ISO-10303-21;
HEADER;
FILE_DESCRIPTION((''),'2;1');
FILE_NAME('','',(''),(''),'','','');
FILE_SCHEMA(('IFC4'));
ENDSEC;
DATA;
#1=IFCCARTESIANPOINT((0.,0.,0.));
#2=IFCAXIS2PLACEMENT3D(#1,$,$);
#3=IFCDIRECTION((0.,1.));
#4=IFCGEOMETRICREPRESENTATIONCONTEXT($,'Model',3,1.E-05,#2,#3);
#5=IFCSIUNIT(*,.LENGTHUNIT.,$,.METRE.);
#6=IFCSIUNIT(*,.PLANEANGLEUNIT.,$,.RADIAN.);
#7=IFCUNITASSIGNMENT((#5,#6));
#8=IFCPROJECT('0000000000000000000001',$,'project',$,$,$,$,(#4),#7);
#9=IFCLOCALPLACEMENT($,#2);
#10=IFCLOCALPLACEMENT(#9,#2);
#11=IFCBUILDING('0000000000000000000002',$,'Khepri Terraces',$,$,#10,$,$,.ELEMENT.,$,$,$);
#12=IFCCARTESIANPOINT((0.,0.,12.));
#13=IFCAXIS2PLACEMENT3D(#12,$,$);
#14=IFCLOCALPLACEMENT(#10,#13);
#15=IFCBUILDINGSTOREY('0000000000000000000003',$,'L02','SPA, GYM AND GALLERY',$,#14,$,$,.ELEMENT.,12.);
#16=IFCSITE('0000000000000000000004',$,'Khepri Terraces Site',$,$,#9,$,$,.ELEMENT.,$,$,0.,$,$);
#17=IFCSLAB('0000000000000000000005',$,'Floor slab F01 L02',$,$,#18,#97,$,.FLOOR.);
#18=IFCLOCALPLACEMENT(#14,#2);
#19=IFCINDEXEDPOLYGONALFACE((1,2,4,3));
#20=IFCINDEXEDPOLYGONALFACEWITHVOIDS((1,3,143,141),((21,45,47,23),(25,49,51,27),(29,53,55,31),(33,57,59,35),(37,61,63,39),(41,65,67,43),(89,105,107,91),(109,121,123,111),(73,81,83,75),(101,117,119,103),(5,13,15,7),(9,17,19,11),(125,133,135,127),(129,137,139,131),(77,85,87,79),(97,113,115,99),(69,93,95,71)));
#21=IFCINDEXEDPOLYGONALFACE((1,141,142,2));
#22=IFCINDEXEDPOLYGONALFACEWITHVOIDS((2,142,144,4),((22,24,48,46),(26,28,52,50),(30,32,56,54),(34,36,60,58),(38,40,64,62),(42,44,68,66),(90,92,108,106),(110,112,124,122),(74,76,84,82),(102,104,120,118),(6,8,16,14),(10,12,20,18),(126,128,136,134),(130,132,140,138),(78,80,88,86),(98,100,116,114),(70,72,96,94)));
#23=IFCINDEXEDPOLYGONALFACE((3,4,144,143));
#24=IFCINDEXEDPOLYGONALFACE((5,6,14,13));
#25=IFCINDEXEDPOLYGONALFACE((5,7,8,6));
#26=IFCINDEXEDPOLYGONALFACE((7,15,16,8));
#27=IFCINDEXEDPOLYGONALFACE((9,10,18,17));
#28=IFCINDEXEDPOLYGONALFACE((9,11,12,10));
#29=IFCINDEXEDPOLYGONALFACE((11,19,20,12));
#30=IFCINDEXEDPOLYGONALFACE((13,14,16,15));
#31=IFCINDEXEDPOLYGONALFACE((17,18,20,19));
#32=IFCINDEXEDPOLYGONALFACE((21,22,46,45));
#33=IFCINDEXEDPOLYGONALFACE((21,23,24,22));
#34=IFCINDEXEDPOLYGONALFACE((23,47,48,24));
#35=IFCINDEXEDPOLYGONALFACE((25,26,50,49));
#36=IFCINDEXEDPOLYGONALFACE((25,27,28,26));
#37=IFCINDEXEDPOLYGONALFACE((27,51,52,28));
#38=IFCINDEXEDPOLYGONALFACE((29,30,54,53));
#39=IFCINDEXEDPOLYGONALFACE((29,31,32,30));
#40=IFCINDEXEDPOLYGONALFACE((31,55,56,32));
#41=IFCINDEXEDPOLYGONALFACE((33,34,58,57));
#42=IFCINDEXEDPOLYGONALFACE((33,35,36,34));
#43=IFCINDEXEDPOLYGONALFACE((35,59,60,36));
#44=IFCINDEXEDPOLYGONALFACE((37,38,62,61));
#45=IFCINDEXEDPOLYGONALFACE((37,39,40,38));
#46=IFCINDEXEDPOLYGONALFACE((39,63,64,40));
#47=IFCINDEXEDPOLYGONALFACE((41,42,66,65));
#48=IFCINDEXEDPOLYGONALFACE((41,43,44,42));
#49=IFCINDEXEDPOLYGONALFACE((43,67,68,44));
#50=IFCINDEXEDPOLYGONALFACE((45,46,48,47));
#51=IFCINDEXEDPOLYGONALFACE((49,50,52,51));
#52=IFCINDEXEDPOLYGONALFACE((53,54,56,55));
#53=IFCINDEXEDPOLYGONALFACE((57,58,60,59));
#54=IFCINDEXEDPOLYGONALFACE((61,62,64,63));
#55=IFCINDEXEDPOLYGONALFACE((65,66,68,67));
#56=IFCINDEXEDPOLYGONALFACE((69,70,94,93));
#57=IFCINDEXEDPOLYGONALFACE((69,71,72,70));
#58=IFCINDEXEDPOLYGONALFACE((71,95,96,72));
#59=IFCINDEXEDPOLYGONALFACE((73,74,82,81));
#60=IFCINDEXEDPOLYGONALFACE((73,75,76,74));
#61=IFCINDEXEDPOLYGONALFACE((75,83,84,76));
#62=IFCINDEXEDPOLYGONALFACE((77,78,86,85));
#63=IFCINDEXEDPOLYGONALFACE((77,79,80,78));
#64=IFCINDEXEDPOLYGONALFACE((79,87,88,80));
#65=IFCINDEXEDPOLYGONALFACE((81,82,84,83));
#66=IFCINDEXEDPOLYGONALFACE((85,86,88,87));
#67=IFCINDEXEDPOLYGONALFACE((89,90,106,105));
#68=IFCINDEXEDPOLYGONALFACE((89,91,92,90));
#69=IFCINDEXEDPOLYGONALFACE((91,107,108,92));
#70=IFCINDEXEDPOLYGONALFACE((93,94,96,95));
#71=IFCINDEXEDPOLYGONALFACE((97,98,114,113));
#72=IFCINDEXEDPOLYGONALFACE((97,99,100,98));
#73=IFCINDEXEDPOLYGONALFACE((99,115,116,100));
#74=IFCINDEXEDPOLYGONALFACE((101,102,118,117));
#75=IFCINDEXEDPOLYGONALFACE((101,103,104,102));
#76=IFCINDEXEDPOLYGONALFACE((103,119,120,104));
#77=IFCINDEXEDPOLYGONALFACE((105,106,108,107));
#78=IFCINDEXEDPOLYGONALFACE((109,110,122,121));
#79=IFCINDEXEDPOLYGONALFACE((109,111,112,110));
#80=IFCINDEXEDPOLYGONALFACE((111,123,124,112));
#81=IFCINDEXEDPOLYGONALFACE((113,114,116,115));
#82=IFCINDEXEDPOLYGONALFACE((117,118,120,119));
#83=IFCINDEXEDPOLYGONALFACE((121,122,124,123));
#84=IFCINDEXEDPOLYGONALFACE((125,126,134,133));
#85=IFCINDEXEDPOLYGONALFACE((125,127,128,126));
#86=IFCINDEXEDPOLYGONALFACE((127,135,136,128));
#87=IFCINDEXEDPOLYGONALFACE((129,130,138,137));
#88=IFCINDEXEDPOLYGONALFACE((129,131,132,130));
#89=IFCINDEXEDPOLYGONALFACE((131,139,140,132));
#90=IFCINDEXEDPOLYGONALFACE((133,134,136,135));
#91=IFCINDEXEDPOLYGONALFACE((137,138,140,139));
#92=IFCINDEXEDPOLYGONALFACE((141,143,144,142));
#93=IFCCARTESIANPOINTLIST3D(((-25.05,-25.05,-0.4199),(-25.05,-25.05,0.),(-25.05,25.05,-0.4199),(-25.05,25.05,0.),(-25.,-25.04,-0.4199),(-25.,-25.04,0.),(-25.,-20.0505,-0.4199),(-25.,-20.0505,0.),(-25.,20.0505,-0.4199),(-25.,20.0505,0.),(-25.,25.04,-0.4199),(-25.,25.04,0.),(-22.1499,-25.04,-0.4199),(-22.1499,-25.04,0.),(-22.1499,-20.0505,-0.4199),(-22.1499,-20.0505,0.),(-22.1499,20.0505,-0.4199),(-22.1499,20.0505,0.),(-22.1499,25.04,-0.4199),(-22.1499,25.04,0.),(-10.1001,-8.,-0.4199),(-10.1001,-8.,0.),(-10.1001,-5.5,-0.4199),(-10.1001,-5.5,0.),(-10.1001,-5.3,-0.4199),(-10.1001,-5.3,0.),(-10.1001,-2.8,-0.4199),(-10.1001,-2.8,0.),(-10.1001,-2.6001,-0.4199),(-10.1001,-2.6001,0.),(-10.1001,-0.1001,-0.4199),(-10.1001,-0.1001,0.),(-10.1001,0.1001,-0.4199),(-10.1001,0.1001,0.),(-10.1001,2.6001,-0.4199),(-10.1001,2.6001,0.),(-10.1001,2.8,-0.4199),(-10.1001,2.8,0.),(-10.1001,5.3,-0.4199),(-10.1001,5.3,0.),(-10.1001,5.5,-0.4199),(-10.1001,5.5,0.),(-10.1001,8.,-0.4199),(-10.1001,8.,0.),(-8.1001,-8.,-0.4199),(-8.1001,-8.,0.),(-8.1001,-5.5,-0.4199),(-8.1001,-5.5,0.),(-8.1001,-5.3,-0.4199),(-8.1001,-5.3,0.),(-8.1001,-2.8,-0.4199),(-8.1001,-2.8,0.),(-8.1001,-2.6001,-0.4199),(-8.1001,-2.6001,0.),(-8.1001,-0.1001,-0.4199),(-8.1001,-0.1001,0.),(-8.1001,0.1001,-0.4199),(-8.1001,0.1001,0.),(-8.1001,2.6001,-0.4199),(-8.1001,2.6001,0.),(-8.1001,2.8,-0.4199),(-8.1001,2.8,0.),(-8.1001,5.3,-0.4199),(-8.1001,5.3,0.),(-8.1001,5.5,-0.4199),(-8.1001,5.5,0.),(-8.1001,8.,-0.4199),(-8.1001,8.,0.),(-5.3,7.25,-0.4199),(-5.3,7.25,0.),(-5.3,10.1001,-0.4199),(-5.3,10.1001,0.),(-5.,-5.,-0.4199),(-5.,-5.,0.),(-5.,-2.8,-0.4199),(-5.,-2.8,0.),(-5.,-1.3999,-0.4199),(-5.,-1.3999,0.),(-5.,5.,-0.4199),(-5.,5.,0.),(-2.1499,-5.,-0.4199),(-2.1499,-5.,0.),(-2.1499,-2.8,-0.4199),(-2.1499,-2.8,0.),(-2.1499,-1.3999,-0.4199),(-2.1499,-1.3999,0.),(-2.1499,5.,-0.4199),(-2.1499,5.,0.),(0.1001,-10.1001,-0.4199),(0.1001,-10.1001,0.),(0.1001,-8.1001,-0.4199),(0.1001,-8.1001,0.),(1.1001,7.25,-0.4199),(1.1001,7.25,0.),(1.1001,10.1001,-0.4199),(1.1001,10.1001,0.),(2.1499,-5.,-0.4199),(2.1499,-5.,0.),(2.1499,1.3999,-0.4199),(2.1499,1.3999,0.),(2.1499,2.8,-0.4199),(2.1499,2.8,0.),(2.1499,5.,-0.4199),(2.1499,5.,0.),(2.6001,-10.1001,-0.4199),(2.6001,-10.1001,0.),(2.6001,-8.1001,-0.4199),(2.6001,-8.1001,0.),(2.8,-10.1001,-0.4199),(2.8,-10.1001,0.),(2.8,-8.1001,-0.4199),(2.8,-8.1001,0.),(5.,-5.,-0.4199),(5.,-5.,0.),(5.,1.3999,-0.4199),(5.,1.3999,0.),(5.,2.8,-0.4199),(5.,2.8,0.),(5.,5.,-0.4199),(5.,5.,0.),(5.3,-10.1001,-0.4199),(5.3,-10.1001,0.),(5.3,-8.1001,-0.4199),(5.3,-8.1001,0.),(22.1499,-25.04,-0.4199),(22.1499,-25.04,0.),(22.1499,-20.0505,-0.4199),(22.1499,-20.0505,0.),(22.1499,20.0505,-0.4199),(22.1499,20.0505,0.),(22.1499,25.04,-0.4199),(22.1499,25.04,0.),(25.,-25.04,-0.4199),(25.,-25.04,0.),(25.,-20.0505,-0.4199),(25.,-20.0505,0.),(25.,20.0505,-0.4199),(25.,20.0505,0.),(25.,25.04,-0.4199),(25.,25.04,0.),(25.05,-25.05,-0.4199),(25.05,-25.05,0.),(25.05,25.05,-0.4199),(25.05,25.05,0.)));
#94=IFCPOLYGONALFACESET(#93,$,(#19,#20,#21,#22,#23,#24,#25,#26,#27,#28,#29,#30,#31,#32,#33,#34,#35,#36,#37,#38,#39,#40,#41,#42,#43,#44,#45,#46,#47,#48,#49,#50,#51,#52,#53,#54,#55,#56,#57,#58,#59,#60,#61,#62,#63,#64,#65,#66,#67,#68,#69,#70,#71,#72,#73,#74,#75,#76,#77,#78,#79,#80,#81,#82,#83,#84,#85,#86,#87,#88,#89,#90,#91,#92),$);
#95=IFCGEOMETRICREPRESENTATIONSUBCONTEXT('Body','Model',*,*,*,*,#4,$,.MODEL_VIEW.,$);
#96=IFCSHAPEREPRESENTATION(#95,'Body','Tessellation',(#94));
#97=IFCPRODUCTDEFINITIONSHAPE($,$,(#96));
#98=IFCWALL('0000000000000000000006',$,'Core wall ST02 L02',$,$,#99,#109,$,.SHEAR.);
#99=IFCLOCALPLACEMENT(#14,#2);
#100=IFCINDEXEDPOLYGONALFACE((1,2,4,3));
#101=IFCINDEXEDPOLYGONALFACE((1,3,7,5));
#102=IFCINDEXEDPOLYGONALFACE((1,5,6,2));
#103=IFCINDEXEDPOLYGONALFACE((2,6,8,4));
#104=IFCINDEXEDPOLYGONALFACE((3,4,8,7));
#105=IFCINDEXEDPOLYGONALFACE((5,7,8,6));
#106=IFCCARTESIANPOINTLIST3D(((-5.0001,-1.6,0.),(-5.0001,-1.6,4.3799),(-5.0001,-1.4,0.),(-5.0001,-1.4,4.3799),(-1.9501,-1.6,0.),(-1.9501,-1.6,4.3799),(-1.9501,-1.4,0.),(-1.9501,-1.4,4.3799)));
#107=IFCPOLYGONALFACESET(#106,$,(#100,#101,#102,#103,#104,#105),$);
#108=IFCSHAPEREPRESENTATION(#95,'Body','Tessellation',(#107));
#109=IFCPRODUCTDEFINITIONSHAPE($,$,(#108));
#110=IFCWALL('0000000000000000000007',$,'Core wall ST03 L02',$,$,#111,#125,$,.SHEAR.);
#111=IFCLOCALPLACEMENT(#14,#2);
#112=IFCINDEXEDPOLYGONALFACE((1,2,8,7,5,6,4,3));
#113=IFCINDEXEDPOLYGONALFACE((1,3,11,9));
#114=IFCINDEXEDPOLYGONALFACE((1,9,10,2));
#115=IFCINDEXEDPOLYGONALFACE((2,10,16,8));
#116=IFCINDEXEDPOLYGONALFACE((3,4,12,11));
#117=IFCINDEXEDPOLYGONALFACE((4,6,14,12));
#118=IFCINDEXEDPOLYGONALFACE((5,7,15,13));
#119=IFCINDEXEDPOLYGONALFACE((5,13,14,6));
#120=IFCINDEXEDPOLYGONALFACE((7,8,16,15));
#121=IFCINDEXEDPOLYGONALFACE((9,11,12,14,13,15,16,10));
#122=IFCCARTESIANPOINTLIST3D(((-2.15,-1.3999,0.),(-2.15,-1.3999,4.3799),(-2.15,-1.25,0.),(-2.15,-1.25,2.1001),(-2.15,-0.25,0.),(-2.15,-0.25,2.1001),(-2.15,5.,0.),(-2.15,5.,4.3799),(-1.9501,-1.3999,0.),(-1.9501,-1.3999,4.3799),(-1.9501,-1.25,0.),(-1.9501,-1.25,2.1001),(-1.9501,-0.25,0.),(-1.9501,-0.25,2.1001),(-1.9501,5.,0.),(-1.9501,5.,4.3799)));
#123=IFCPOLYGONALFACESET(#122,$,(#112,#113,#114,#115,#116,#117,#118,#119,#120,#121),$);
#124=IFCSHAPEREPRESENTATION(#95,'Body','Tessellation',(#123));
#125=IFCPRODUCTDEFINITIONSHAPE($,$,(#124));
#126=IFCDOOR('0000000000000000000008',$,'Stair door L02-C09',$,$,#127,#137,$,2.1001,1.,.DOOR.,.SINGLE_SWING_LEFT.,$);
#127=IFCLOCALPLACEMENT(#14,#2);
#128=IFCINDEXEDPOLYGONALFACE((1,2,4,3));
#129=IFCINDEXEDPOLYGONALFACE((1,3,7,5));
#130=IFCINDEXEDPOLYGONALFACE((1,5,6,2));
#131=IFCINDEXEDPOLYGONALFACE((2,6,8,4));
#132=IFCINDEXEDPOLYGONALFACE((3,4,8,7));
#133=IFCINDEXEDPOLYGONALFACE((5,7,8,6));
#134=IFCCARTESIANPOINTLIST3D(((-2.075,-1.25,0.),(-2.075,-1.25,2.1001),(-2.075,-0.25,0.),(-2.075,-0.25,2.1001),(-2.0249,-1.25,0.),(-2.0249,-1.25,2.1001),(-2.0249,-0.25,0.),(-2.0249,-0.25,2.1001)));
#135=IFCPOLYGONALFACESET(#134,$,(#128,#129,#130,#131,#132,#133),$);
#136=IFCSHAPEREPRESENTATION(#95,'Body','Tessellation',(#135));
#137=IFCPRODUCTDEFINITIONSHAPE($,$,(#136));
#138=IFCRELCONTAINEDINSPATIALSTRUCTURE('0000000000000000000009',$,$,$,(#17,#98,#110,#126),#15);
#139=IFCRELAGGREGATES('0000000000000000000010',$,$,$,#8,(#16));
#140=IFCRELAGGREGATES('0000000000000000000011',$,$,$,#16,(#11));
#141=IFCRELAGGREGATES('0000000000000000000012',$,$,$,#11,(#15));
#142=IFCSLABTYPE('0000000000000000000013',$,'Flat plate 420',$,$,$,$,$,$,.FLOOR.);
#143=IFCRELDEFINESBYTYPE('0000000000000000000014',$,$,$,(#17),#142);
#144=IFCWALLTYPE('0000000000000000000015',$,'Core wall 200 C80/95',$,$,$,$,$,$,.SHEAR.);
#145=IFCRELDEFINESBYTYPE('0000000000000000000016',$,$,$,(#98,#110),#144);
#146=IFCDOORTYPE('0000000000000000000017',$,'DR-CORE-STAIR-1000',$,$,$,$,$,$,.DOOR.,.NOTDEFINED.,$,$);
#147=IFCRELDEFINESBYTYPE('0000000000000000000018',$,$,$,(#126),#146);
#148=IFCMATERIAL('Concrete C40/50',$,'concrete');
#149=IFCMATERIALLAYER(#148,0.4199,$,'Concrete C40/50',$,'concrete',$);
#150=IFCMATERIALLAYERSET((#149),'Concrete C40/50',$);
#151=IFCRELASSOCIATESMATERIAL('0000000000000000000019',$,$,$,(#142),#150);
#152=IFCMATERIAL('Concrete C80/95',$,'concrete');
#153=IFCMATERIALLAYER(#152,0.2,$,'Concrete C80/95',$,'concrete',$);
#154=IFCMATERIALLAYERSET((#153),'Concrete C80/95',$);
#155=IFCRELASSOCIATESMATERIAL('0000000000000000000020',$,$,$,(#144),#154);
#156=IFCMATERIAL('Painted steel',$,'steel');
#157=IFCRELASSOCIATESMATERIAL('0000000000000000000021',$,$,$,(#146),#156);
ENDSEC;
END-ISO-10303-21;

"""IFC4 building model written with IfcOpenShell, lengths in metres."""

from ifc_helpers import new_model, si_unit, direction, frame, frame_2d, origin, place, context, subcontext, project, spatial, polyline, rectangle, outline, extrude, material, layer, layer_set, type_object, element, fill, save


model = new_model("IFC4")

# Units and contexts
model_context = context("Model", 3, precision=1e-05, world=origin(), true_north=direction((0.0, 1.0)))
body_context = subcontext(model_context, "Body", "Model", "MODEL_VIEW")
ifc_project = project(units=[si_unit("LENGTHUNIT", "METRE"), si_unit("PLANEANGLEUNIT", "RADIAN")], contexts=[model_context])

# Site, building, storey
site_placement = place(None, origin())
site = spatial("IfcSite", under=ifc_project, at=site_placement, Name="Khepri Terraces Site", CompositionType="ELEMENT", RefElevation=0.0)
building_placement = place(site_placement, origin())
building = spatial("IfcBuilding", under=site, at=building_placement, Name="Khepri Terraces", CompositionType="ELEMENT")
storey_placement = place(building_placement, frame((0.0, 0.0, 12.0)))
storey = spatial("IfcBuildingStorey", under=building, at=storey_placement, Name="L02", Description="SPA, GYM AND GALLERY", CompositionType="ELEMENT", Elevation=12.0)

# Slab
ifc_material_1 = material(Name="Concrete C40/50", Category="concrete")
ifc_layer_1 = layer(ifc_material_1, 0.4199, Name="Concrete C40/50", Category="concrete")
ifc_layer_set_1 = layer_set([ifc_layer_1], Name="Concrete C40/50")
slab_type = type_object("IfcSlabType", Name="Flat plate 420", PredefinedType="FLOOR", material=ifc_layer_set_1)
slab_placement = place(storey_placement, frame((0.0, 0.0, -0.4199)))
element("IfcSlab", 1, at=slab_placement, inside=storey, type_object=slab_type, Name="Floor slab F01 L02", PredefinedType="FLOOR", context=body_context, shape_type="SweptSolid", body=[
    extrude(outline(polyline([(-25.05, 25.05), (25.05, 25.05), (25.05, -25.05), (-25.05, -25.05), (-25.05, 25.05)]), holes=[polyline([(5.0, 5.0), (2.1499, 5.0), (2.1499, 2.8), (5.0, 2.8), (5.0, 5.0)]), polyline([(-2.1499, -5.0), (-2.1499, -2.8), (-5.0, -2.8), (-5.0, -5.0), (-2.1499, -5.0)]), polyline([(-10.1001, -8.0), (-8.1001, -8.0), (-8.1001, -5.5), (-10.1001, -5.5), (-10.1001, -8.0)]), polyline([(-10.1001, -2.8), (-10.1001, -5.3), (-8.1001, -5.3), (-8.1001, -2.8), (-10.1001, -2.8)]), polyline([(-8.1001, -0.1001), (-10.1001, -0.1001), (-10.1001, -2.6001), (-8.1001, -2.6001), (-8.1001, -0.1001)]), polyline([(-8.1001, 0.1001), (-8.1001, 2.6001), (-10.1001, 2.6001), (-10.1001, 0.1001), (-8.1001, 0.1001)]), polyline([(-10.1001, 2.8), (-8.1001, 2.8), (-8.1001, 5.3), (-10.1001, 5.3), (-10.1001, 2.8)]), polyline([(-10.1001, 8.0), (-10.1001, 5.5), (-8.1001, 5.5), (-8.1001, 8.0), (-10.1001, 8.0)]), polyline([(2.6001, -8.1001), (0.1001, -8.1001), (0.1001, -10.1001), (2.6001, -10.1001), (2.6001, -8.1001)]), polyline([(5.3, -10.1001), (5.3, -8.1001), (2.8, -8.1001), (2.8, -10.1001), (5.3, -10.1001)]), polyline([(-5.0, -1.3999), (-2.1499, -1.3999), (-2.1499, 5.0), (-5.0, 5.0), (-5.0, -1.3999)]), polyline([(5.0, -5.0), (5.0, 1.3999), (2.1499, 1.3999), (2.1499, -5.0), (5.0, -5.0)]), polyline([(-5.3, 10.1001), (-5.3, 7.25), (1.1001, 7.25), (1.1001, 10.1001), (-5.3, 10.1001)]), polyline([(22.1499, 25.04), (22.1499, 20.0505), (25.0, 20.0505), (25.0, 25.04), (22.1499, 25.04)]), polyline([(-22.1499, 25.04), (-25.0, 25.04), (-25.0, 20.0505), (-22.1499, 20.0505), (-22.1499, 25.04)]), polyline([(22.1499, -20.0505), (22.1499, -25.04), (25.0, -25.04), (25.0, -20.0505), (22.1499, -20.0505)]), polyline([(-22.1499, -20.0505), (-25.0, -20.0505), (-25.0, -25.04), (-22.1499, -25.04), (-22.1499, -20.0505)])]), origin(), (0.0, 0.0, 1.0), 0.4199),
])

# Wall
ifc_material_2 = material(Name="Concrete C80/95", Category="concrete")
ifc_layer_2 = layer(ifc_material_2, 0.2, Name="Concrete C80/95", Category="concrete")
ifc_layer_set_2 = layer_set([ifc_layer_2], Name="Concrete C80/95")
wall_type_1 = type_object("IfcWallType", Name="Core wall 200 C80/95", PredefinedType="SHEAR", material=ifc_layer_set_2)
wall_1_placement = place(storey_placement, frame((-5.0, -1.5, 0.0), z_axis=(0.0, 0.0, 1.0), x_axis=(1.0, 0.0, 0.0)))
element("IfcWall", 2, at=wall_1_placement, inside=storey, type_object=wall_type_1, Name="Core wall ST02 L02", PredefinedType="SHEAR", context=body_context, shape_type="SweptSolid", body=[
    extrude(rectangle(XDim=3.05, YDim=0.2, at=frame_2d((1.5249, 0.0))), origin(), (0.0, 0.0, 1.0), 4.3799),
])

# Wall, opening, door
wall_2_placement = place(storey_placement, frame((-2.05, -1.3999, 0.0), z_axis=(0.0, 0.0, 1.0), x_axis=(0.0, 1.0, 0.0)))
wall_2 = element("IfcWall", 3, at=wall_2_placement, inside=storey, type_object=wall_type_1, Name="Core wall ST03 L02", PredefinedType="SHEAR", context=body_context, shape_type="SweptSolid", body=[
    extrude(rectangle(XDim=6.3999, YDim=0.2, at=frame_2d((3.2, 0.0))), origin(), (0.0, 0.0, 1.0), 4.3799),
])
opening_1_placement = place(wall_2_placement, frame((0.1499, 0.0, 0.0)))
opening_1 = element("IfcOpeningElement", 4, at=opening_1_placement, cuts=wall_2, PredefinedType="OPENING", context=body_context, shape_type="SweptSolid", body=[
    extrude(rectangle(XDim=1.0, YDim=2.1001, at=frame_2d((0.5, 1.05))), frame((0.0, 0.1099, 0.0), z_axis=(0.0, -1.0, 0.0), x_axis=(1.0, 0.0, 0.0)), (0.0, 0.0, 1.0), 0.22),
])
ifc_material_3 = material(Name="Painted steel", Category="steel")
door_type_1 = type_object("IfcDoorType", Name="DR-CORE-STAIR-1000", OperationType="NOTDEFINED", PredefinedType="DOOR", material=ifc_material_3)
door_1_placement = place(opening_1_placement, origin())
door_1 = element("IfcDoor", 5, at=door_1_placement, inside=storey, type_object=door_type_1, Name="Stair door L02-C09", OperationType="SINGLE_SWING_LEFT", OverallHeight=2.1001, OverallWidth=1.0, PredefinedType="DOOR", context=body_context, shape_type="SweptSolid", body=[
    extrude(rectangle(XDim=1.0, YDim=2.1001, at=frame_2d((0.5, 1.05))), frame((0.0, 0.0249, 0.0), z_axis=(0.0, -1.0, 0.0), x_axis=(1.0, 0.0, 0.0)), (0.0, 0.0, 1.0), 0.05),
])
fill(opening_1, door_1)

save(model, "model.ifc")
